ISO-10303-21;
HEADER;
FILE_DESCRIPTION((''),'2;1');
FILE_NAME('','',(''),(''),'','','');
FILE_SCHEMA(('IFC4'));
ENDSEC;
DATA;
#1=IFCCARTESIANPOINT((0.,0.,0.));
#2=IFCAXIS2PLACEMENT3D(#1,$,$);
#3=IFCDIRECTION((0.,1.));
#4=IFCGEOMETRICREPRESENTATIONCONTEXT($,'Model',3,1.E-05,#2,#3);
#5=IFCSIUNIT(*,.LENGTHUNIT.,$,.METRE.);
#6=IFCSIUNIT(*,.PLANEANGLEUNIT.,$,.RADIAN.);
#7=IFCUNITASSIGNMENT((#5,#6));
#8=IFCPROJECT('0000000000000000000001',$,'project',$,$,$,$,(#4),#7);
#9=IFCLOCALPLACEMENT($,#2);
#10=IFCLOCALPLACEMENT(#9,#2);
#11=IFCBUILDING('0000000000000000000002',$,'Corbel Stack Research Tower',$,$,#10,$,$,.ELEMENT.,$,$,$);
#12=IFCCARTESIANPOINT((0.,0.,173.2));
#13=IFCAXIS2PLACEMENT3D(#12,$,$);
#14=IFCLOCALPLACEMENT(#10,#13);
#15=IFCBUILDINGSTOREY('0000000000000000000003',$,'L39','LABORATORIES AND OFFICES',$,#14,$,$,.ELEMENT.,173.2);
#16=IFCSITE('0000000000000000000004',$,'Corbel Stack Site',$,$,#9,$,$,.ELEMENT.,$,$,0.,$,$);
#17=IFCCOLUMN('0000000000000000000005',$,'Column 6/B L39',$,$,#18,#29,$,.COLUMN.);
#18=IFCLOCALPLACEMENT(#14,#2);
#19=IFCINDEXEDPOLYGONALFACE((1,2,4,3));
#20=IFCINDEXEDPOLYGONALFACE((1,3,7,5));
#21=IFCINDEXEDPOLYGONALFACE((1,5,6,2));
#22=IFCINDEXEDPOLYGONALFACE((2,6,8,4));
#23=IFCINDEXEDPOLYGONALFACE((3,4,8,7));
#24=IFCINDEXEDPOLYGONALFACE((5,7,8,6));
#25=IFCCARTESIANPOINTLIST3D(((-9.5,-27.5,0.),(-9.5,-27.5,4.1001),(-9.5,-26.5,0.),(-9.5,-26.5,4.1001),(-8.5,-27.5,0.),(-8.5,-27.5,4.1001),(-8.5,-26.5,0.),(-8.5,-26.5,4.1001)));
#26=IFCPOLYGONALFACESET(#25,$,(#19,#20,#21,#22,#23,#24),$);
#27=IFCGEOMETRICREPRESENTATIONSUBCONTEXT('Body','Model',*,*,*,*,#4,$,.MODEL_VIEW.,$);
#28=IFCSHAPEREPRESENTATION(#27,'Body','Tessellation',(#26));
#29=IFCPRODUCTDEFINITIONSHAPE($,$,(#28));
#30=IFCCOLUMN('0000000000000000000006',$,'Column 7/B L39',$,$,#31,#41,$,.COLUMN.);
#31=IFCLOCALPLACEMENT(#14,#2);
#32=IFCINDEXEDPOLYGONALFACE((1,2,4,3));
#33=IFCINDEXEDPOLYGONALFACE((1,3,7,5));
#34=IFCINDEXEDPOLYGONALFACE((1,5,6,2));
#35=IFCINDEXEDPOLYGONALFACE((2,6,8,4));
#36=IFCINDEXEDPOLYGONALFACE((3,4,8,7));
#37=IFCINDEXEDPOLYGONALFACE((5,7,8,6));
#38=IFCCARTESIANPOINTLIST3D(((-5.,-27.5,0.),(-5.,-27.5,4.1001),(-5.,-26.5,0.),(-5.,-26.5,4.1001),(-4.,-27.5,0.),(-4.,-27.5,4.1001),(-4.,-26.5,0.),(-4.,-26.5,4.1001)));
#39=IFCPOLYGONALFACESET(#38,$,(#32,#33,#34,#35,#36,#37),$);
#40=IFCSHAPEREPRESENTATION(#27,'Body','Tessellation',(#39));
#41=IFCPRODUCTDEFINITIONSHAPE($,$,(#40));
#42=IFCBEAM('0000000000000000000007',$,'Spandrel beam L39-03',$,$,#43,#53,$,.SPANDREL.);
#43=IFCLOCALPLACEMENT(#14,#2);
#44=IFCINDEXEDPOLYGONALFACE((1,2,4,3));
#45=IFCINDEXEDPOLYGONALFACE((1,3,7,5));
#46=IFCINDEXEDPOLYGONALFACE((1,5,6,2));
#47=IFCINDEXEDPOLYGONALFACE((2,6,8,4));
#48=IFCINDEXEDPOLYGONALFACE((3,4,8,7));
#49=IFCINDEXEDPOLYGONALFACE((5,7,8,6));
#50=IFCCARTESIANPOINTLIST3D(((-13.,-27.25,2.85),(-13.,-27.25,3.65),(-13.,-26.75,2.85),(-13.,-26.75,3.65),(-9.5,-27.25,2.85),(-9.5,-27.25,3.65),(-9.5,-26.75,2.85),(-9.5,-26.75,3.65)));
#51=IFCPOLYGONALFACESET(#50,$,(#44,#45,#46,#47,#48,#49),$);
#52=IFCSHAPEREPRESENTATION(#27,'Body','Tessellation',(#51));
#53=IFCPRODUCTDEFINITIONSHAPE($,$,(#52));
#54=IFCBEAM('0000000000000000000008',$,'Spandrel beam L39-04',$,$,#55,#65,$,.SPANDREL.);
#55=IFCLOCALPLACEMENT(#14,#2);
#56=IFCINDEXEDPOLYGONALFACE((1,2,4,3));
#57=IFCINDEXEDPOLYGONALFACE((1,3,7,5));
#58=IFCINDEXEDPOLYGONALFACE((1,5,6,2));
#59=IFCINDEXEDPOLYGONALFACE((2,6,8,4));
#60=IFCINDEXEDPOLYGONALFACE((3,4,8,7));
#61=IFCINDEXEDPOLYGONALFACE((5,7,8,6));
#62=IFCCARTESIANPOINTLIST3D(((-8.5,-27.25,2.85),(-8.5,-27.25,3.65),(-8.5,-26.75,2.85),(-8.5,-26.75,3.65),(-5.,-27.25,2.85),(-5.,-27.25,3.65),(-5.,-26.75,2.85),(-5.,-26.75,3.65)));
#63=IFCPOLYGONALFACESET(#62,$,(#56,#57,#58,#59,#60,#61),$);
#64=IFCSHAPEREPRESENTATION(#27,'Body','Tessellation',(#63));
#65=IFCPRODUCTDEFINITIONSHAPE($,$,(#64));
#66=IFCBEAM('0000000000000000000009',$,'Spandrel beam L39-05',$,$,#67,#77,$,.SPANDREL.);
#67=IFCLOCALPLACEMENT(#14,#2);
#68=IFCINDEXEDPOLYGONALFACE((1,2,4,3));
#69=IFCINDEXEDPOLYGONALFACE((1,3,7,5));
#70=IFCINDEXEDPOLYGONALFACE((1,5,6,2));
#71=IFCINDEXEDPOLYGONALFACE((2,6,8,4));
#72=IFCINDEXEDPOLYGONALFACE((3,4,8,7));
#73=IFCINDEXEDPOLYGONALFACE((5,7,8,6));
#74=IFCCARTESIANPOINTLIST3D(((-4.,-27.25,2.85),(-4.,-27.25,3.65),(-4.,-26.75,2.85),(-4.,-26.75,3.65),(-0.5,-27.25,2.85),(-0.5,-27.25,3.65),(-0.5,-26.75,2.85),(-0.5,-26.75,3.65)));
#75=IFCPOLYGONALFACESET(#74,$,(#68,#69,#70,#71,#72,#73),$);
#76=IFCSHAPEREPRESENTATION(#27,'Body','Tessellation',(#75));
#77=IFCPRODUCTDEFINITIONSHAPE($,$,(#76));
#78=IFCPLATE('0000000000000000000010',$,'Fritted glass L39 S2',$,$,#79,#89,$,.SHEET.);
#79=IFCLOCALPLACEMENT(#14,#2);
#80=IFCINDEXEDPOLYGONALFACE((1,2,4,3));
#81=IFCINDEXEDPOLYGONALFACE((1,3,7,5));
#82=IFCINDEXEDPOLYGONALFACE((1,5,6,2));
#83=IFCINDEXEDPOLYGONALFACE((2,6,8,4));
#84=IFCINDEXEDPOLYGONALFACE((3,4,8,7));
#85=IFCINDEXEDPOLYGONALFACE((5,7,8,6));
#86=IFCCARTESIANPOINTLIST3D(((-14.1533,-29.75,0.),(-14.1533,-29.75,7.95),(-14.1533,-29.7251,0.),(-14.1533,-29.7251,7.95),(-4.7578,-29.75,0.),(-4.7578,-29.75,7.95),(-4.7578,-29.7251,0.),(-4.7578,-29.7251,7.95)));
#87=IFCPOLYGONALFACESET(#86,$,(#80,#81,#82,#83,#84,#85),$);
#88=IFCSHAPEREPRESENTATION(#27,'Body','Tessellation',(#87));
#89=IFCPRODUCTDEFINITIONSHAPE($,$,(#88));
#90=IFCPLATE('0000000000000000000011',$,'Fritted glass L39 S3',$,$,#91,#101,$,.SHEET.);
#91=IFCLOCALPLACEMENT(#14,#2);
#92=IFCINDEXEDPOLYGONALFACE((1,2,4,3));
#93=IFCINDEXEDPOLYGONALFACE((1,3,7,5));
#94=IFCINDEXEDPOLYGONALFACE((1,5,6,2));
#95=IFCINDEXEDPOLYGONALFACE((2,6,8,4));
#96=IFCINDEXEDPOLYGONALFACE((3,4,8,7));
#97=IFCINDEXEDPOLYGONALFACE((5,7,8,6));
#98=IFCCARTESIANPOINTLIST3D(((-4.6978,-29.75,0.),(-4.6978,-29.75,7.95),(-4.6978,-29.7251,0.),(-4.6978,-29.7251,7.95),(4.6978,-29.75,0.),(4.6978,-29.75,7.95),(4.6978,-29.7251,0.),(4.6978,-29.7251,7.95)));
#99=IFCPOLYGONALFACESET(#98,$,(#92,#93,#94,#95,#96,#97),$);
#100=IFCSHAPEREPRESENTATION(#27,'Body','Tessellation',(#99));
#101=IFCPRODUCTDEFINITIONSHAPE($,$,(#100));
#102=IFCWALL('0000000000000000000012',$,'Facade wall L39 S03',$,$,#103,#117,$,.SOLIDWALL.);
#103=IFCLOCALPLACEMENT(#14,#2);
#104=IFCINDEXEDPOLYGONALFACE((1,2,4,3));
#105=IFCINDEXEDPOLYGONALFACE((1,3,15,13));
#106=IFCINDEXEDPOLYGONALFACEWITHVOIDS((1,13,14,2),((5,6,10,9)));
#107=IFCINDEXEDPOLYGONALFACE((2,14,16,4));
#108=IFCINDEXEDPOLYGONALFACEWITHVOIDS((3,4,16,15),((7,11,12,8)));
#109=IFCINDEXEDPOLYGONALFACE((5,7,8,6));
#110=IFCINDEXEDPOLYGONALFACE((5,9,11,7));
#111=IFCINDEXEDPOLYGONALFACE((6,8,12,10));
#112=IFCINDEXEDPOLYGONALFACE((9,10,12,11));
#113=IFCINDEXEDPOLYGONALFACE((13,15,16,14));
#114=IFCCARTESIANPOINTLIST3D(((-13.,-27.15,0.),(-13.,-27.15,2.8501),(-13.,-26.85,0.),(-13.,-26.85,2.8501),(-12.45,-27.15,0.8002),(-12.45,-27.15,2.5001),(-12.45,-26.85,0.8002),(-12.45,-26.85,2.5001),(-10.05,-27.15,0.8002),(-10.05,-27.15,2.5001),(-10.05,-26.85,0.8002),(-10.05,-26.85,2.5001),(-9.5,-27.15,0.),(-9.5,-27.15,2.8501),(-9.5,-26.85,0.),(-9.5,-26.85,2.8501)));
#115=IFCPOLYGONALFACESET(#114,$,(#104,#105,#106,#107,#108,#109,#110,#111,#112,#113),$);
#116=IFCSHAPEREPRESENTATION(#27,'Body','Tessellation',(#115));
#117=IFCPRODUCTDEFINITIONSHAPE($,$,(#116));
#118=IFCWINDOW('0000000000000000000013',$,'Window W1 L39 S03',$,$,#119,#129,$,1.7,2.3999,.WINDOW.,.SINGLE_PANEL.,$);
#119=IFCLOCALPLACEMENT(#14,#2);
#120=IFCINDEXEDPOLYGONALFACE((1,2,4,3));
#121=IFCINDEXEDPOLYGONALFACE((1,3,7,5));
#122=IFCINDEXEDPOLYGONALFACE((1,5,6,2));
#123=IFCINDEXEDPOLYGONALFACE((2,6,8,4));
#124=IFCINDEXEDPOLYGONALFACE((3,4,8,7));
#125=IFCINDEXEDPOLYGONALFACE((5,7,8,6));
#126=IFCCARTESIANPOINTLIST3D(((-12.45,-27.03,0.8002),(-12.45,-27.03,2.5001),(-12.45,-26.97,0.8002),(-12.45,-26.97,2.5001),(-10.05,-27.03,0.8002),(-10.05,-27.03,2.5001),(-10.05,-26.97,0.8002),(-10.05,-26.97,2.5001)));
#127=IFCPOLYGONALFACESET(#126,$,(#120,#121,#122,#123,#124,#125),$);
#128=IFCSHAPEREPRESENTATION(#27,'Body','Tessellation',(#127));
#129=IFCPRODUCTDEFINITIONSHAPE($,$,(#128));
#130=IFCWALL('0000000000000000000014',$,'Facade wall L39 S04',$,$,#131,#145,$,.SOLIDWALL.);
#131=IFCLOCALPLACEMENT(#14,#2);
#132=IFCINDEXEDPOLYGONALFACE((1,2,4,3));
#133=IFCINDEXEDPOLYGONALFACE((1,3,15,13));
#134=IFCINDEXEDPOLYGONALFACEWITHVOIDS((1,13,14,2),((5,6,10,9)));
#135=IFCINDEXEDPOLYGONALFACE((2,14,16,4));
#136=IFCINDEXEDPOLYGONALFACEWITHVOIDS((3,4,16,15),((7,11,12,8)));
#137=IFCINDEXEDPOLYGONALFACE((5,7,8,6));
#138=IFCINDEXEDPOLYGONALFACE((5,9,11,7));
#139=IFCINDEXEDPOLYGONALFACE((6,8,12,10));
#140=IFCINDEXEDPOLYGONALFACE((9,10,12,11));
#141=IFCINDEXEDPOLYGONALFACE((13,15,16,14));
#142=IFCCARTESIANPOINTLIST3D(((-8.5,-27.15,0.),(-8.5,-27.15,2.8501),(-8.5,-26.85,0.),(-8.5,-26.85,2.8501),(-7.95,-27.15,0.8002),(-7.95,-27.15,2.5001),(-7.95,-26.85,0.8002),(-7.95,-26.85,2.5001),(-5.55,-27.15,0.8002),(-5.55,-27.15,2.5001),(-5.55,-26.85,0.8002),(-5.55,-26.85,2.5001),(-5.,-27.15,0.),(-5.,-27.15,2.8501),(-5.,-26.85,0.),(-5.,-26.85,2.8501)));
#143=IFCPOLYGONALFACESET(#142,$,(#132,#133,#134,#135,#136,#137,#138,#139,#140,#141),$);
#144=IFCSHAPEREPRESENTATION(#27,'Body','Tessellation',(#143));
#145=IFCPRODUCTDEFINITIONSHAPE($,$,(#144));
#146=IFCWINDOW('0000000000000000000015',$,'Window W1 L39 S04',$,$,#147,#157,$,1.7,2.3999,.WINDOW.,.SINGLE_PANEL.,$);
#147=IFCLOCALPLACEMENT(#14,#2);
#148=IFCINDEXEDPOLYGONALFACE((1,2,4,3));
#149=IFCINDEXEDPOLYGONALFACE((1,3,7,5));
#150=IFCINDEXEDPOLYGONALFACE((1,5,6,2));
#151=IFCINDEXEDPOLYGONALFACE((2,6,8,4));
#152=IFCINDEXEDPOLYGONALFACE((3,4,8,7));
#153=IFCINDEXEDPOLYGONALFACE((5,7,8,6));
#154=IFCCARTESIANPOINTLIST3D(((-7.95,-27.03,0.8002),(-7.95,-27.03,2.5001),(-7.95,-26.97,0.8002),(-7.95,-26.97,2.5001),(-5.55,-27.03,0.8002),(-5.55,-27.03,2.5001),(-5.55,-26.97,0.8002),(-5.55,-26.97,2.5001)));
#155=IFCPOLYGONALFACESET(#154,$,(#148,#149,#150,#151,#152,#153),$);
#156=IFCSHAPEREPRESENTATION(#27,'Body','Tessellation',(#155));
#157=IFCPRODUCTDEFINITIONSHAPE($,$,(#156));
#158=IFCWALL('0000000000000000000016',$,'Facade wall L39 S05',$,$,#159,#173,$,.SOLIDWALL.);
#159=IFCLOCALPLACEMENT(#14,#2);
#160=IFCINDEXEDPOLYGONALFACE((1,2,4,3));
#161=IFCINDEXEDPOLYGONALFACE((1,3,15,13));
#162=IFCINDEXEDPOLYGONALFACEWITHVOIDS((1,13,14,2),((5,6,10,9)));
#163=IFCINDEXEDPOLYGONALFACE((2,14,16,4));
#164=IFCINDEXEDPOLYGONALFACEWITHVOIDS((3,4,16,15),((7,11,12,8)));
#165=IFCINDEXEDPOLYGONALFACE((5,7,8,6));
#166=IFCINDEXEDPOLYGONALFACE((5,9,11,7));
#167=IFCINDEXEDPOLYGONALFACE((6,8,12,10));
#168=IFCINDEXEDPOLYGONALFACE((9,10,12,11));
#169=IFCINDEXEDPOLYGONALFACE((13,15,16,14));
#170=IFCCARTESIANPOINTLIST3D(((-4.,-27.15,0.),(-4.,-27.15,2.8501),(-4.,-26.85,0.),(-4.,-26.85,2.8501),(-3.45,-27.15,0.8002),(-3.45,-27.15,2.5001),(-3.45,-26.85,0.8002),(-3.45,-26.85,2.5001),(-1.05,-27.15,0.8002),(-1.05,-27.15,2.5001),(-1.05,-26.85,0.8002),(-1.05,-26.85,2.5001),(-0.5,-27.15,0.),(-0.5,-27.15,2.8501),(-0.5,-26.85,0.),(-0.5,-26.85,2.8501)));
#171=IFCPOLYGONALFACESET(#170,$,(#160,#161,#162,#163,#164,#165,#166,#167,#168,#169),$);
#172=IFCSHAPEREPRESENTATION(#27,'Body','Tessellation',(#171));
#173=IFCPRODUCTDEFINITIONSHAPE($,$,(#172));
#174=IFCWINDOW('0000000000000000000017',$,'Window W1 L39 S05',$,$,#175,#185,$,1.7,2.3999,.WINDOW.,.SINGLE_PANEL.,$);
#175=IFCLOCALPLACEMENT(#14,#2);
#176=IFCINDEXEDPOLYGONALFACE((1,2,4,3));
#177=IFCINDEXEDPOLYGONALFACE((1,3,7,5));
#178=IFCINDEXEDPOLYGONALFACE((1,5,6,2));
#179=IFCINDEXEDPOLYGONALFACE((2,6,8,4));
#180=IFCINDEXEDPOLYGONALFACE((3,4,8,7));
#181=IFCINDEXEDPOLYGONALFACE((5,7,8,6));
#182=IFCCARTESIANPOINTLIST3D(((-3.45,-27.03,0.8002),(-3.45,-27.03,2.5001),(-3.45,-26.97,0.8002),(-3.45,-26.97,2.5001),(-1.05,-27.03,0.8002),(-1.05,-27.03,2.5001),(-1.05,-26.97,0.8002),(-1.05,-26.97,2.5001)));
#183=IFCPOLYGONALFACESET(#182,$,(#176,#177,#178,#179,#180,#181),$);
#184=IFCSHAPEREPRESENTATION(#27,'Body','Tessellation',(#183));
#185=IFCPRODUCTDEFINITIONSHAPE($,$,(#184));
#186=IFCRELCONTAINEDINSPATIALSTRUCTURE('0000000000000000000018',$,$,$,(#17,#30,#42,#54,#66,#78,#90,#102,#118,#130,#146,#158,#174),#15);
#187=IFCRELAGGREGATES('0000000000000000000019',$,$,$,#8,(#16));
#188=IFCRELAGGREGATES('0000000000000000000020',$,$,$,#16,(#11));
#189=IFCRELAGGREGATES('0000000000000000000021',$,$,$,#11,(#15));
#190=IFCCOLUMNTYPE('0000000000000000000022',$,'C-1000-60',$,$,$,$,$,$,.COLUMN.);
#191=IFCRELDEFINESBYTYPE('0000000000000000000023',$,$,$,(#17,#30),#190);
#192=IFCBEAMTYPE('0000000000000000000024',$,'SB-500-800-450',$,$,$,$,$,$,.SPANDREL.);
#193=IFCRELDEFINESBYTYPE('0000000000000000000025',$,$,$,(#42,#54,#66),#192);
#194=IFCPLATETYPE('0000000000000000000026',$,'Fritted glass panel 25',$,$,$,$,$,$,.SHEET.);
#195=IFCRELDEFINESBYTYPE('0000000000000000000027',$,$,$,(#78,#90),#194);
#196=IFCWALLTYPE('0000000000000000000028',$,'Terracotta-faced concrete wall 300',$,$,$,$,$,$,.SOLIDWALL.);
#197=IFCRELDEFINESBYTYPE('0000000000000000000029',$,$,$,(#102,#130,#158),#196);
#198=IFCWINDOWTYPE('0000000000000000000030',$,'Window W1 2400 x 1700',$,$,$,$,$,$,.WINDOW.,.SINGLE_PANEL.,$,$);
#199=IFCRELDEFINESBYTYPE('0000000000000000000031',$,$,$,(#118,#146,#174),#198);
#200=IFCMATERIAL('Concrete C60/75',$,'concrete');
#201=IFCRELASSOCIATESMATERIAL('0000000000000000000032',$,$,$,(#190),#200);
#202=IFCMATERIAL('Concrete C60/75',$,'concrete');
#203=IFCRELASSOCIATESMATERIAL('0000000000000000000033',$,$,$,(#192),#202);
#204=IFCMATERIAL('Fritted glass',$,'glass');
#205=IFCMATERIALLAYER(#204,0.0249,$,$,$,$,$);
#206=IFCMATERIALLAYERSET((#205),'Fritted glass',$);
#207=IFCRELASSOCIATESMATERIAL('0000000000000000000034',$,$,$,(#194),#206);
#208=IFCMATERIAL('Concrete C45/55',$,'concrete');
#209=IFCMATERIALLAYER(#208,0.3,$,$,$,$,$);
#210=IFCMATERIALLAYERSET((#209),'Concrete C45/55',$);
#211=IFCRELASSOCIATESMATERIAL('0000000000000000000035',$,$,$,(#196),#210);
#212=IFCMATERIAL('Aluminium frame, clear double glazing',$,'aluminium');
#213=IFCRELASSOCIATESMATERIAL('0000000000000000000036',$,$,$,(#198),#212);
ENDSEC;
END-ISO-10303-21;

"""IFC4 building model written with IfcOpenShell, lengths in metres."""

from ifc_helpers import new_model, si_unit, direction, frame, frame_2d, origin, origin_2d, place, context, subcontext, project, spatial, rectangle, extrude, material, layer, layer_set, material_profile, profile_set, type_object, element, fill, save


model = new_model("IFC4")

# Units and contexts
model_context = context("Model", 3, precision=1e-05, world=origin(), true_north=direction((0.0, 1.0)))
body_context = subcontext(model_context, "Body", "Model", "MODEL_VIEW")
ifc_project = project(units=[si_unit("LENGTHUNIT", "METRE"), si_unit("PLANEANGLEUNIT", "RADIAN")], contexts=[model_context])

# Site, building, storey
site_placement = place(None, origin())
site = spatial("IfcSite", under=ifc_project, at=site_placement, Name="Corbel Stack Site", CompositionType="ELEMENT", RefElevation=0.0)
building_placement = place(site_placement, origin())
building = spatial("IfcBuilding", under=site, at=building_placement, Name="Corbel Stack Research Tower", CompositionType="ELEMENT")
storey_placement = place(building_placement, frame((0.0, 0.0, 173.2)))
storey = spatial("IfcBuildingStorey", under=building, at=storey_placement, Name="L39", Description="LABORATORIES AND OFFICES", CompositionType="ELEMENT", Elevation=173.2)

# Columns
ifc_material_1 = material(Name="Concrete C60/75", Category="concrete")
ifc_material_profile_1 = material_profile(ifc_material_1, rectangle(XDim=1.0, YDim=1.0, at=origin_2d()), Name="RC 1000 x 1000")
ifc_profile_set_1 = profile_set([ifc_material_profile_1], Name="Concrete C60/75")
column_type = type_object("IfcColumnType", Name="C-1000-60", PredefinedType="COLUMN", material=ifc_profile_set_1)
for number, where, z_axis, x_axis, name in (
    (1, (-9.0, -27.0, 0.0), (0.0, 0.0, 1.0), (1.0, 0.0, 0.0), "Column 6/B L39"),
    (2, (-4.5, -27.0, 0.0), (0.0, 0.0, 1.0), (1.0, 0.0, 0.0), "Column 7/B L39"),
):
    element("IfcColumn", number, at=place(storey_placement, frame(where, z_axis=z_axis, x_axis=x_axis)), inside=storey, type_object=column_type, Name=name, PredefinedType="COLUMN", context=body_context, shape_type="SweptSolid", body=[
        extrude(rectangle(XDim=1.0, YDim=1.0, at=origin_2d()), origin(), (0.0, 0.0, 1.0), 4.1001),
    ])

# Beams
ifc_material_2 = material(Name="Concrete C60/75", Category="concrete")
ifc_material_profile_2 = material_profile(ifc_material_2, rectangle(XDim=0.5, YDim=0.8, at=origin_2d()), Name="RC 500 x 800")
ifc_profile_set_2 = profile_set([ifc_material_profile_2], Name="Concrete C60/75")
beam_type = type_object("IfcBeamType", Name="SB-500-800-450", PredefinedType="SPANDREL", material=ifc_profile_set_2)
for number, where, z_axis, x_axis, name in (
    (3, (-13.0, -27.0, 3.25), (1.0, 0.0, 0.0), (0.0, 1.0, 0.0), "Spandrel beam L39-03"),
    (4, (-8.5, -27.0, 3.25), (1.0, 0.0, 0.0), (0.0, 1.0, 0.0), "Spandrel beam L39-04"),
    (5, (-4.0, -27.0, 3.25), (1.0, 0.0, 0.0), (0.0, 1.0, 0.0), "Spandrel beam L39-05"),
):
    element("IfcBeam", number, at=place(storey_placement, frame(where, z_axis=z_axis, x_axis=x_axis)), inside=storey, type_object=beam_type, Name=name, PredefinedType="SPANDREL", context=body_context, shape_type="SweptSolid", body=[
        extrude(rectangle(XDim=0.5, YDim=0.8, at=origin_2d()), origin(), (0.0, 0.0, 1.0), 3.5),
    ])

# Plates
ifc_material_3 = material(Name="Fritted glass", Category="glass")
ifc_layer_1 = layer(ifc_material_3, 0.0249)
ifc_layer_set_1 = layer_set([ifc_layer_1], Name="Fritted glass")
plate_type = type_object("IfcPlateType", Name="Fritted glass panel 25", PredefinedType="SHEET", material=ifc_layer_set_1)
for number, where, z_axis, x_axis, name in (
    (6, (-9.4556, -29.7375, 0.0), (0.0, 0.0, 1.0), (1.0, 0.0, 0.0), "Fritted glass L39 S2"),
    (7, (0.0, -29.7375, 0.0), (0.0, 0.0, 1.0), (1.0, 0.0, 0.0), "Fritted glass L39 S3"),
):
    element("IfcPlate", number, at=place(storey_placement, frame(where, z_axis=z_axis, x_axis=x_axis)), inside=storey, type_object=plate_type, Name=name, PredefinedType="SHEET", context=body_context, shape_type="SweptSolid", body=[
        extrude(rectangle(XDim=9.3955, YDim=0.0249, at=origin_2d()), origin(), (0.0, 0.0, 1.0), 7.95),
    ])

# Walls, openings, windows
ifc_material_4 = material(Name="Concrete C45/55", Category="concrete")
ifc_layer_2 = layer(ifc_material_4, 0.3)
ifc_layer_set_2 = layer_set([ifc_layer_2], Name="Concrete C45/55")
wall_type = type_object("IfcWallType", Name="Terracotta-faced concrete wall 300", PredefinedType="SOLIDWALL", material=ifc_layer_set_2)
wall_1_placement = place(storey_placement, frame((-9.5, -27.0, 0.0), z_axis=(0.0, 0.0, 1.0), x_axis=(-1.0, 0.0, 0.0)))
wall_1 = element("IfcWall", 8, at=wall_1_placement, inside=storey, type_object=wall_type, Name="Facade wall L39 S03", PredefinedType="SOLIDWALL", context=body_context, shape_type="SweptSolid", body=[
    extrude(rectangle(XDim=3.5, YDim=0.3, at=frame_2d((1.75, 0.0))), origin(), (0.0, 0.0, 1.0), 2.8501),
])
opening_1_placement = place(wall_1_placement, frame((0.55, 0.0, 0.8)))
opening_1 = element("IfcOpeningElement", 9, at=opening_1_placement, cuts=wall_1, PredefinedType="OPENING", context=body_context, shape_type="SweptSolid", body=[
    extrude(rectangle(XDim=2.3999, YDim=1.7, at=frame_2d((1.2, 0.8501))), frame((0.0, 0.1599, 0.0), z_axis=(0.0, -1.0, 0.0), x_axis=(1.0, 0.0, 0.0)), (0.0, 0.0, 1.0), 0.3201),
])
ifc_material_5 = material(Name="Aluminium frame, clear double glazing", Category="aluminium")
window_type = type_object("IfcWindowType", Name="Window W1 2400 x 1700", PartitioningType="SINGLE_PANEL", PredefinedType="WINDOW", material=ifc_material_5)
window_1_placement = place(opening_1_placement, origin())
window_1 = element("IfcWindow", 10, at=window_1_placement, inside=storey, type_object=window_type, Name="Window W1 L39 S03", OverallHeight=1.7, OverallWidth=2.3999, PartitioningType="SINGLE_PANEL", PredefinedType="WINDOW", context=body_context, shape_type="SweptSolid", body=[
    extrude(rectangle(XDim=2.3999, YDim=1.7, at=frame_2d((1.2, 0.8501))), frame((0.0, 0.03, 0.0), z_axis=(0.0, -1.0, 0.0), x_axis=(1.0, 0.0, 0.0)), (0.0, 0.0, 1.0), 0.0601),
])
fill(opening_1, window_1)
wall_2_placement = place(storey_placement, frame((-5.0, -27.0, 0.0), z_axis=(0.0, 0.0, 1.0), x_axis=(-1.0, 0.0, 0.0)))
wall_2 = element("IfcWall", 11, at=wall_2_placement, inside=storey, type_object=wall_type, Name="Facade wall L39 S04", PredefinedType="SOLIDWALL", context=body_context, shape_type="SweptSolid", body=[
    extrude(rectangle(XDim=3.5, YDim=0.3, at=frame_2d((1.75, 0.0))), origin(), (0.0, 0.0, 1.0), 2.8501),
])
opening_2_placement = place(wall_2_placement, frame((0.55, 0.0, 0.8)))
opening_2 = element("IfcOpeningElement", 12, at=opening_2_placement, cuts=wall_2, PredefinedType="OPENING", context=body_context, shape_type="SweptSolid", body=[
    extrude(rectangle(XDim=2.3999, YDim=1.7, at=frame_2d((1.2, 0.8501))), frame((0.0, 0.1599, 0.0), z_axis=(0.0, -1.0, 0.0), x_axis=(1.0, 0.0, 0.0)), (0.0, 0.0, 1.0), 0.3201),
])
window_2_placement = place(opening_2_placement, origin())
window_2 = element("IfcWindow", 13, at=window_2_placement, inside=storey, type_object=window_type, Name="Window W1 L39 S04", OverallHeight=1.7, OverallWidth=2.3999, PartitioningType="SINGLE_PANEL", PredefinedType="WINDOW", context=body_context, shape_type="SweptSolid", body=[
    extrude(rectangle(XDim=2.3999, YDim=1.7, at=frame_2d((1.2, 0.8501))), frame((0.0, 0.03, 0.0), z_axis=(0.0, -1.0, 0.0), x_axis=(1.0, 0.0, 0.0)), (0.0, 0.0, 1.0), 0.0601),
])
fill(opening_2, window_2)
wall_3_placement = place(storey_placement, frame((-0.5, -27.0, 0.0), z_axis=(0.0, 0.0, 1.0), x_axis=(-1.0, 0.0, 0.0)))
wall_3 = element("IfcWall", 14, at=wall_3_placement, inside=storey, type_object=wall_type, Name="Facade wall L39 S05", PredefinedType="SOLIDWALL", context=body_context, shape_type="SweptSolid", body=[
    extrude(rectangle(XDim=3.5, YDim=0.3, at=frame_2d((1.75, 0.0))), origin(), (0.0, 0.0, 1.0), 2.8501),
])
opening_3_placement = place(wall_3_placement, frame((0.55, 0.0, 0.8)))
opening_3 = element("IfcOpeningElement", 15, at=opening_3_placement, cuts=wall_3, PredefinedType="OPENING", context=body_context, shape_type="SweptSolid", body=[
    extrude(rectangle(XDim=2.3999, YDim=1.7, at=frame_2d((1.2, 0.8501))), frame((0.0, 0.1599, 0.0), z_axis=(0.0, -1.0, 0.0), x_axis=(1.0, 0.0, 0.0)), (0.0, 0.0, 1.0), 0.3201),
])
window_3_placement = place(opening_3_placement, origin())
window_3 = element("IfcWindow", 16, at=window_3_placement, inside=storey, type_object=window_type, Name="Window W1 L39 S05", OverallHeight=1.7, OverallWidth=2.3999, PartitioningType="SINGLE_PANEL", PredefinedType="WINDOW", context=body_context, shape_type="SweptSolid", body=[
    extrude(rectangle(XDim=2.3999, YDim=1.7, at=frame_2d((1.2, 0.8501))), frame((0.0, 0.03, 0.0), z_axis=(0.0, -1.0, 0.0), x_axis=(1.0, 0.0, 0.0)), (0.0, 0.0, 1.0), 0.0601),
])
fill(opening_3, window_3)

save(model, "model.ifc")
